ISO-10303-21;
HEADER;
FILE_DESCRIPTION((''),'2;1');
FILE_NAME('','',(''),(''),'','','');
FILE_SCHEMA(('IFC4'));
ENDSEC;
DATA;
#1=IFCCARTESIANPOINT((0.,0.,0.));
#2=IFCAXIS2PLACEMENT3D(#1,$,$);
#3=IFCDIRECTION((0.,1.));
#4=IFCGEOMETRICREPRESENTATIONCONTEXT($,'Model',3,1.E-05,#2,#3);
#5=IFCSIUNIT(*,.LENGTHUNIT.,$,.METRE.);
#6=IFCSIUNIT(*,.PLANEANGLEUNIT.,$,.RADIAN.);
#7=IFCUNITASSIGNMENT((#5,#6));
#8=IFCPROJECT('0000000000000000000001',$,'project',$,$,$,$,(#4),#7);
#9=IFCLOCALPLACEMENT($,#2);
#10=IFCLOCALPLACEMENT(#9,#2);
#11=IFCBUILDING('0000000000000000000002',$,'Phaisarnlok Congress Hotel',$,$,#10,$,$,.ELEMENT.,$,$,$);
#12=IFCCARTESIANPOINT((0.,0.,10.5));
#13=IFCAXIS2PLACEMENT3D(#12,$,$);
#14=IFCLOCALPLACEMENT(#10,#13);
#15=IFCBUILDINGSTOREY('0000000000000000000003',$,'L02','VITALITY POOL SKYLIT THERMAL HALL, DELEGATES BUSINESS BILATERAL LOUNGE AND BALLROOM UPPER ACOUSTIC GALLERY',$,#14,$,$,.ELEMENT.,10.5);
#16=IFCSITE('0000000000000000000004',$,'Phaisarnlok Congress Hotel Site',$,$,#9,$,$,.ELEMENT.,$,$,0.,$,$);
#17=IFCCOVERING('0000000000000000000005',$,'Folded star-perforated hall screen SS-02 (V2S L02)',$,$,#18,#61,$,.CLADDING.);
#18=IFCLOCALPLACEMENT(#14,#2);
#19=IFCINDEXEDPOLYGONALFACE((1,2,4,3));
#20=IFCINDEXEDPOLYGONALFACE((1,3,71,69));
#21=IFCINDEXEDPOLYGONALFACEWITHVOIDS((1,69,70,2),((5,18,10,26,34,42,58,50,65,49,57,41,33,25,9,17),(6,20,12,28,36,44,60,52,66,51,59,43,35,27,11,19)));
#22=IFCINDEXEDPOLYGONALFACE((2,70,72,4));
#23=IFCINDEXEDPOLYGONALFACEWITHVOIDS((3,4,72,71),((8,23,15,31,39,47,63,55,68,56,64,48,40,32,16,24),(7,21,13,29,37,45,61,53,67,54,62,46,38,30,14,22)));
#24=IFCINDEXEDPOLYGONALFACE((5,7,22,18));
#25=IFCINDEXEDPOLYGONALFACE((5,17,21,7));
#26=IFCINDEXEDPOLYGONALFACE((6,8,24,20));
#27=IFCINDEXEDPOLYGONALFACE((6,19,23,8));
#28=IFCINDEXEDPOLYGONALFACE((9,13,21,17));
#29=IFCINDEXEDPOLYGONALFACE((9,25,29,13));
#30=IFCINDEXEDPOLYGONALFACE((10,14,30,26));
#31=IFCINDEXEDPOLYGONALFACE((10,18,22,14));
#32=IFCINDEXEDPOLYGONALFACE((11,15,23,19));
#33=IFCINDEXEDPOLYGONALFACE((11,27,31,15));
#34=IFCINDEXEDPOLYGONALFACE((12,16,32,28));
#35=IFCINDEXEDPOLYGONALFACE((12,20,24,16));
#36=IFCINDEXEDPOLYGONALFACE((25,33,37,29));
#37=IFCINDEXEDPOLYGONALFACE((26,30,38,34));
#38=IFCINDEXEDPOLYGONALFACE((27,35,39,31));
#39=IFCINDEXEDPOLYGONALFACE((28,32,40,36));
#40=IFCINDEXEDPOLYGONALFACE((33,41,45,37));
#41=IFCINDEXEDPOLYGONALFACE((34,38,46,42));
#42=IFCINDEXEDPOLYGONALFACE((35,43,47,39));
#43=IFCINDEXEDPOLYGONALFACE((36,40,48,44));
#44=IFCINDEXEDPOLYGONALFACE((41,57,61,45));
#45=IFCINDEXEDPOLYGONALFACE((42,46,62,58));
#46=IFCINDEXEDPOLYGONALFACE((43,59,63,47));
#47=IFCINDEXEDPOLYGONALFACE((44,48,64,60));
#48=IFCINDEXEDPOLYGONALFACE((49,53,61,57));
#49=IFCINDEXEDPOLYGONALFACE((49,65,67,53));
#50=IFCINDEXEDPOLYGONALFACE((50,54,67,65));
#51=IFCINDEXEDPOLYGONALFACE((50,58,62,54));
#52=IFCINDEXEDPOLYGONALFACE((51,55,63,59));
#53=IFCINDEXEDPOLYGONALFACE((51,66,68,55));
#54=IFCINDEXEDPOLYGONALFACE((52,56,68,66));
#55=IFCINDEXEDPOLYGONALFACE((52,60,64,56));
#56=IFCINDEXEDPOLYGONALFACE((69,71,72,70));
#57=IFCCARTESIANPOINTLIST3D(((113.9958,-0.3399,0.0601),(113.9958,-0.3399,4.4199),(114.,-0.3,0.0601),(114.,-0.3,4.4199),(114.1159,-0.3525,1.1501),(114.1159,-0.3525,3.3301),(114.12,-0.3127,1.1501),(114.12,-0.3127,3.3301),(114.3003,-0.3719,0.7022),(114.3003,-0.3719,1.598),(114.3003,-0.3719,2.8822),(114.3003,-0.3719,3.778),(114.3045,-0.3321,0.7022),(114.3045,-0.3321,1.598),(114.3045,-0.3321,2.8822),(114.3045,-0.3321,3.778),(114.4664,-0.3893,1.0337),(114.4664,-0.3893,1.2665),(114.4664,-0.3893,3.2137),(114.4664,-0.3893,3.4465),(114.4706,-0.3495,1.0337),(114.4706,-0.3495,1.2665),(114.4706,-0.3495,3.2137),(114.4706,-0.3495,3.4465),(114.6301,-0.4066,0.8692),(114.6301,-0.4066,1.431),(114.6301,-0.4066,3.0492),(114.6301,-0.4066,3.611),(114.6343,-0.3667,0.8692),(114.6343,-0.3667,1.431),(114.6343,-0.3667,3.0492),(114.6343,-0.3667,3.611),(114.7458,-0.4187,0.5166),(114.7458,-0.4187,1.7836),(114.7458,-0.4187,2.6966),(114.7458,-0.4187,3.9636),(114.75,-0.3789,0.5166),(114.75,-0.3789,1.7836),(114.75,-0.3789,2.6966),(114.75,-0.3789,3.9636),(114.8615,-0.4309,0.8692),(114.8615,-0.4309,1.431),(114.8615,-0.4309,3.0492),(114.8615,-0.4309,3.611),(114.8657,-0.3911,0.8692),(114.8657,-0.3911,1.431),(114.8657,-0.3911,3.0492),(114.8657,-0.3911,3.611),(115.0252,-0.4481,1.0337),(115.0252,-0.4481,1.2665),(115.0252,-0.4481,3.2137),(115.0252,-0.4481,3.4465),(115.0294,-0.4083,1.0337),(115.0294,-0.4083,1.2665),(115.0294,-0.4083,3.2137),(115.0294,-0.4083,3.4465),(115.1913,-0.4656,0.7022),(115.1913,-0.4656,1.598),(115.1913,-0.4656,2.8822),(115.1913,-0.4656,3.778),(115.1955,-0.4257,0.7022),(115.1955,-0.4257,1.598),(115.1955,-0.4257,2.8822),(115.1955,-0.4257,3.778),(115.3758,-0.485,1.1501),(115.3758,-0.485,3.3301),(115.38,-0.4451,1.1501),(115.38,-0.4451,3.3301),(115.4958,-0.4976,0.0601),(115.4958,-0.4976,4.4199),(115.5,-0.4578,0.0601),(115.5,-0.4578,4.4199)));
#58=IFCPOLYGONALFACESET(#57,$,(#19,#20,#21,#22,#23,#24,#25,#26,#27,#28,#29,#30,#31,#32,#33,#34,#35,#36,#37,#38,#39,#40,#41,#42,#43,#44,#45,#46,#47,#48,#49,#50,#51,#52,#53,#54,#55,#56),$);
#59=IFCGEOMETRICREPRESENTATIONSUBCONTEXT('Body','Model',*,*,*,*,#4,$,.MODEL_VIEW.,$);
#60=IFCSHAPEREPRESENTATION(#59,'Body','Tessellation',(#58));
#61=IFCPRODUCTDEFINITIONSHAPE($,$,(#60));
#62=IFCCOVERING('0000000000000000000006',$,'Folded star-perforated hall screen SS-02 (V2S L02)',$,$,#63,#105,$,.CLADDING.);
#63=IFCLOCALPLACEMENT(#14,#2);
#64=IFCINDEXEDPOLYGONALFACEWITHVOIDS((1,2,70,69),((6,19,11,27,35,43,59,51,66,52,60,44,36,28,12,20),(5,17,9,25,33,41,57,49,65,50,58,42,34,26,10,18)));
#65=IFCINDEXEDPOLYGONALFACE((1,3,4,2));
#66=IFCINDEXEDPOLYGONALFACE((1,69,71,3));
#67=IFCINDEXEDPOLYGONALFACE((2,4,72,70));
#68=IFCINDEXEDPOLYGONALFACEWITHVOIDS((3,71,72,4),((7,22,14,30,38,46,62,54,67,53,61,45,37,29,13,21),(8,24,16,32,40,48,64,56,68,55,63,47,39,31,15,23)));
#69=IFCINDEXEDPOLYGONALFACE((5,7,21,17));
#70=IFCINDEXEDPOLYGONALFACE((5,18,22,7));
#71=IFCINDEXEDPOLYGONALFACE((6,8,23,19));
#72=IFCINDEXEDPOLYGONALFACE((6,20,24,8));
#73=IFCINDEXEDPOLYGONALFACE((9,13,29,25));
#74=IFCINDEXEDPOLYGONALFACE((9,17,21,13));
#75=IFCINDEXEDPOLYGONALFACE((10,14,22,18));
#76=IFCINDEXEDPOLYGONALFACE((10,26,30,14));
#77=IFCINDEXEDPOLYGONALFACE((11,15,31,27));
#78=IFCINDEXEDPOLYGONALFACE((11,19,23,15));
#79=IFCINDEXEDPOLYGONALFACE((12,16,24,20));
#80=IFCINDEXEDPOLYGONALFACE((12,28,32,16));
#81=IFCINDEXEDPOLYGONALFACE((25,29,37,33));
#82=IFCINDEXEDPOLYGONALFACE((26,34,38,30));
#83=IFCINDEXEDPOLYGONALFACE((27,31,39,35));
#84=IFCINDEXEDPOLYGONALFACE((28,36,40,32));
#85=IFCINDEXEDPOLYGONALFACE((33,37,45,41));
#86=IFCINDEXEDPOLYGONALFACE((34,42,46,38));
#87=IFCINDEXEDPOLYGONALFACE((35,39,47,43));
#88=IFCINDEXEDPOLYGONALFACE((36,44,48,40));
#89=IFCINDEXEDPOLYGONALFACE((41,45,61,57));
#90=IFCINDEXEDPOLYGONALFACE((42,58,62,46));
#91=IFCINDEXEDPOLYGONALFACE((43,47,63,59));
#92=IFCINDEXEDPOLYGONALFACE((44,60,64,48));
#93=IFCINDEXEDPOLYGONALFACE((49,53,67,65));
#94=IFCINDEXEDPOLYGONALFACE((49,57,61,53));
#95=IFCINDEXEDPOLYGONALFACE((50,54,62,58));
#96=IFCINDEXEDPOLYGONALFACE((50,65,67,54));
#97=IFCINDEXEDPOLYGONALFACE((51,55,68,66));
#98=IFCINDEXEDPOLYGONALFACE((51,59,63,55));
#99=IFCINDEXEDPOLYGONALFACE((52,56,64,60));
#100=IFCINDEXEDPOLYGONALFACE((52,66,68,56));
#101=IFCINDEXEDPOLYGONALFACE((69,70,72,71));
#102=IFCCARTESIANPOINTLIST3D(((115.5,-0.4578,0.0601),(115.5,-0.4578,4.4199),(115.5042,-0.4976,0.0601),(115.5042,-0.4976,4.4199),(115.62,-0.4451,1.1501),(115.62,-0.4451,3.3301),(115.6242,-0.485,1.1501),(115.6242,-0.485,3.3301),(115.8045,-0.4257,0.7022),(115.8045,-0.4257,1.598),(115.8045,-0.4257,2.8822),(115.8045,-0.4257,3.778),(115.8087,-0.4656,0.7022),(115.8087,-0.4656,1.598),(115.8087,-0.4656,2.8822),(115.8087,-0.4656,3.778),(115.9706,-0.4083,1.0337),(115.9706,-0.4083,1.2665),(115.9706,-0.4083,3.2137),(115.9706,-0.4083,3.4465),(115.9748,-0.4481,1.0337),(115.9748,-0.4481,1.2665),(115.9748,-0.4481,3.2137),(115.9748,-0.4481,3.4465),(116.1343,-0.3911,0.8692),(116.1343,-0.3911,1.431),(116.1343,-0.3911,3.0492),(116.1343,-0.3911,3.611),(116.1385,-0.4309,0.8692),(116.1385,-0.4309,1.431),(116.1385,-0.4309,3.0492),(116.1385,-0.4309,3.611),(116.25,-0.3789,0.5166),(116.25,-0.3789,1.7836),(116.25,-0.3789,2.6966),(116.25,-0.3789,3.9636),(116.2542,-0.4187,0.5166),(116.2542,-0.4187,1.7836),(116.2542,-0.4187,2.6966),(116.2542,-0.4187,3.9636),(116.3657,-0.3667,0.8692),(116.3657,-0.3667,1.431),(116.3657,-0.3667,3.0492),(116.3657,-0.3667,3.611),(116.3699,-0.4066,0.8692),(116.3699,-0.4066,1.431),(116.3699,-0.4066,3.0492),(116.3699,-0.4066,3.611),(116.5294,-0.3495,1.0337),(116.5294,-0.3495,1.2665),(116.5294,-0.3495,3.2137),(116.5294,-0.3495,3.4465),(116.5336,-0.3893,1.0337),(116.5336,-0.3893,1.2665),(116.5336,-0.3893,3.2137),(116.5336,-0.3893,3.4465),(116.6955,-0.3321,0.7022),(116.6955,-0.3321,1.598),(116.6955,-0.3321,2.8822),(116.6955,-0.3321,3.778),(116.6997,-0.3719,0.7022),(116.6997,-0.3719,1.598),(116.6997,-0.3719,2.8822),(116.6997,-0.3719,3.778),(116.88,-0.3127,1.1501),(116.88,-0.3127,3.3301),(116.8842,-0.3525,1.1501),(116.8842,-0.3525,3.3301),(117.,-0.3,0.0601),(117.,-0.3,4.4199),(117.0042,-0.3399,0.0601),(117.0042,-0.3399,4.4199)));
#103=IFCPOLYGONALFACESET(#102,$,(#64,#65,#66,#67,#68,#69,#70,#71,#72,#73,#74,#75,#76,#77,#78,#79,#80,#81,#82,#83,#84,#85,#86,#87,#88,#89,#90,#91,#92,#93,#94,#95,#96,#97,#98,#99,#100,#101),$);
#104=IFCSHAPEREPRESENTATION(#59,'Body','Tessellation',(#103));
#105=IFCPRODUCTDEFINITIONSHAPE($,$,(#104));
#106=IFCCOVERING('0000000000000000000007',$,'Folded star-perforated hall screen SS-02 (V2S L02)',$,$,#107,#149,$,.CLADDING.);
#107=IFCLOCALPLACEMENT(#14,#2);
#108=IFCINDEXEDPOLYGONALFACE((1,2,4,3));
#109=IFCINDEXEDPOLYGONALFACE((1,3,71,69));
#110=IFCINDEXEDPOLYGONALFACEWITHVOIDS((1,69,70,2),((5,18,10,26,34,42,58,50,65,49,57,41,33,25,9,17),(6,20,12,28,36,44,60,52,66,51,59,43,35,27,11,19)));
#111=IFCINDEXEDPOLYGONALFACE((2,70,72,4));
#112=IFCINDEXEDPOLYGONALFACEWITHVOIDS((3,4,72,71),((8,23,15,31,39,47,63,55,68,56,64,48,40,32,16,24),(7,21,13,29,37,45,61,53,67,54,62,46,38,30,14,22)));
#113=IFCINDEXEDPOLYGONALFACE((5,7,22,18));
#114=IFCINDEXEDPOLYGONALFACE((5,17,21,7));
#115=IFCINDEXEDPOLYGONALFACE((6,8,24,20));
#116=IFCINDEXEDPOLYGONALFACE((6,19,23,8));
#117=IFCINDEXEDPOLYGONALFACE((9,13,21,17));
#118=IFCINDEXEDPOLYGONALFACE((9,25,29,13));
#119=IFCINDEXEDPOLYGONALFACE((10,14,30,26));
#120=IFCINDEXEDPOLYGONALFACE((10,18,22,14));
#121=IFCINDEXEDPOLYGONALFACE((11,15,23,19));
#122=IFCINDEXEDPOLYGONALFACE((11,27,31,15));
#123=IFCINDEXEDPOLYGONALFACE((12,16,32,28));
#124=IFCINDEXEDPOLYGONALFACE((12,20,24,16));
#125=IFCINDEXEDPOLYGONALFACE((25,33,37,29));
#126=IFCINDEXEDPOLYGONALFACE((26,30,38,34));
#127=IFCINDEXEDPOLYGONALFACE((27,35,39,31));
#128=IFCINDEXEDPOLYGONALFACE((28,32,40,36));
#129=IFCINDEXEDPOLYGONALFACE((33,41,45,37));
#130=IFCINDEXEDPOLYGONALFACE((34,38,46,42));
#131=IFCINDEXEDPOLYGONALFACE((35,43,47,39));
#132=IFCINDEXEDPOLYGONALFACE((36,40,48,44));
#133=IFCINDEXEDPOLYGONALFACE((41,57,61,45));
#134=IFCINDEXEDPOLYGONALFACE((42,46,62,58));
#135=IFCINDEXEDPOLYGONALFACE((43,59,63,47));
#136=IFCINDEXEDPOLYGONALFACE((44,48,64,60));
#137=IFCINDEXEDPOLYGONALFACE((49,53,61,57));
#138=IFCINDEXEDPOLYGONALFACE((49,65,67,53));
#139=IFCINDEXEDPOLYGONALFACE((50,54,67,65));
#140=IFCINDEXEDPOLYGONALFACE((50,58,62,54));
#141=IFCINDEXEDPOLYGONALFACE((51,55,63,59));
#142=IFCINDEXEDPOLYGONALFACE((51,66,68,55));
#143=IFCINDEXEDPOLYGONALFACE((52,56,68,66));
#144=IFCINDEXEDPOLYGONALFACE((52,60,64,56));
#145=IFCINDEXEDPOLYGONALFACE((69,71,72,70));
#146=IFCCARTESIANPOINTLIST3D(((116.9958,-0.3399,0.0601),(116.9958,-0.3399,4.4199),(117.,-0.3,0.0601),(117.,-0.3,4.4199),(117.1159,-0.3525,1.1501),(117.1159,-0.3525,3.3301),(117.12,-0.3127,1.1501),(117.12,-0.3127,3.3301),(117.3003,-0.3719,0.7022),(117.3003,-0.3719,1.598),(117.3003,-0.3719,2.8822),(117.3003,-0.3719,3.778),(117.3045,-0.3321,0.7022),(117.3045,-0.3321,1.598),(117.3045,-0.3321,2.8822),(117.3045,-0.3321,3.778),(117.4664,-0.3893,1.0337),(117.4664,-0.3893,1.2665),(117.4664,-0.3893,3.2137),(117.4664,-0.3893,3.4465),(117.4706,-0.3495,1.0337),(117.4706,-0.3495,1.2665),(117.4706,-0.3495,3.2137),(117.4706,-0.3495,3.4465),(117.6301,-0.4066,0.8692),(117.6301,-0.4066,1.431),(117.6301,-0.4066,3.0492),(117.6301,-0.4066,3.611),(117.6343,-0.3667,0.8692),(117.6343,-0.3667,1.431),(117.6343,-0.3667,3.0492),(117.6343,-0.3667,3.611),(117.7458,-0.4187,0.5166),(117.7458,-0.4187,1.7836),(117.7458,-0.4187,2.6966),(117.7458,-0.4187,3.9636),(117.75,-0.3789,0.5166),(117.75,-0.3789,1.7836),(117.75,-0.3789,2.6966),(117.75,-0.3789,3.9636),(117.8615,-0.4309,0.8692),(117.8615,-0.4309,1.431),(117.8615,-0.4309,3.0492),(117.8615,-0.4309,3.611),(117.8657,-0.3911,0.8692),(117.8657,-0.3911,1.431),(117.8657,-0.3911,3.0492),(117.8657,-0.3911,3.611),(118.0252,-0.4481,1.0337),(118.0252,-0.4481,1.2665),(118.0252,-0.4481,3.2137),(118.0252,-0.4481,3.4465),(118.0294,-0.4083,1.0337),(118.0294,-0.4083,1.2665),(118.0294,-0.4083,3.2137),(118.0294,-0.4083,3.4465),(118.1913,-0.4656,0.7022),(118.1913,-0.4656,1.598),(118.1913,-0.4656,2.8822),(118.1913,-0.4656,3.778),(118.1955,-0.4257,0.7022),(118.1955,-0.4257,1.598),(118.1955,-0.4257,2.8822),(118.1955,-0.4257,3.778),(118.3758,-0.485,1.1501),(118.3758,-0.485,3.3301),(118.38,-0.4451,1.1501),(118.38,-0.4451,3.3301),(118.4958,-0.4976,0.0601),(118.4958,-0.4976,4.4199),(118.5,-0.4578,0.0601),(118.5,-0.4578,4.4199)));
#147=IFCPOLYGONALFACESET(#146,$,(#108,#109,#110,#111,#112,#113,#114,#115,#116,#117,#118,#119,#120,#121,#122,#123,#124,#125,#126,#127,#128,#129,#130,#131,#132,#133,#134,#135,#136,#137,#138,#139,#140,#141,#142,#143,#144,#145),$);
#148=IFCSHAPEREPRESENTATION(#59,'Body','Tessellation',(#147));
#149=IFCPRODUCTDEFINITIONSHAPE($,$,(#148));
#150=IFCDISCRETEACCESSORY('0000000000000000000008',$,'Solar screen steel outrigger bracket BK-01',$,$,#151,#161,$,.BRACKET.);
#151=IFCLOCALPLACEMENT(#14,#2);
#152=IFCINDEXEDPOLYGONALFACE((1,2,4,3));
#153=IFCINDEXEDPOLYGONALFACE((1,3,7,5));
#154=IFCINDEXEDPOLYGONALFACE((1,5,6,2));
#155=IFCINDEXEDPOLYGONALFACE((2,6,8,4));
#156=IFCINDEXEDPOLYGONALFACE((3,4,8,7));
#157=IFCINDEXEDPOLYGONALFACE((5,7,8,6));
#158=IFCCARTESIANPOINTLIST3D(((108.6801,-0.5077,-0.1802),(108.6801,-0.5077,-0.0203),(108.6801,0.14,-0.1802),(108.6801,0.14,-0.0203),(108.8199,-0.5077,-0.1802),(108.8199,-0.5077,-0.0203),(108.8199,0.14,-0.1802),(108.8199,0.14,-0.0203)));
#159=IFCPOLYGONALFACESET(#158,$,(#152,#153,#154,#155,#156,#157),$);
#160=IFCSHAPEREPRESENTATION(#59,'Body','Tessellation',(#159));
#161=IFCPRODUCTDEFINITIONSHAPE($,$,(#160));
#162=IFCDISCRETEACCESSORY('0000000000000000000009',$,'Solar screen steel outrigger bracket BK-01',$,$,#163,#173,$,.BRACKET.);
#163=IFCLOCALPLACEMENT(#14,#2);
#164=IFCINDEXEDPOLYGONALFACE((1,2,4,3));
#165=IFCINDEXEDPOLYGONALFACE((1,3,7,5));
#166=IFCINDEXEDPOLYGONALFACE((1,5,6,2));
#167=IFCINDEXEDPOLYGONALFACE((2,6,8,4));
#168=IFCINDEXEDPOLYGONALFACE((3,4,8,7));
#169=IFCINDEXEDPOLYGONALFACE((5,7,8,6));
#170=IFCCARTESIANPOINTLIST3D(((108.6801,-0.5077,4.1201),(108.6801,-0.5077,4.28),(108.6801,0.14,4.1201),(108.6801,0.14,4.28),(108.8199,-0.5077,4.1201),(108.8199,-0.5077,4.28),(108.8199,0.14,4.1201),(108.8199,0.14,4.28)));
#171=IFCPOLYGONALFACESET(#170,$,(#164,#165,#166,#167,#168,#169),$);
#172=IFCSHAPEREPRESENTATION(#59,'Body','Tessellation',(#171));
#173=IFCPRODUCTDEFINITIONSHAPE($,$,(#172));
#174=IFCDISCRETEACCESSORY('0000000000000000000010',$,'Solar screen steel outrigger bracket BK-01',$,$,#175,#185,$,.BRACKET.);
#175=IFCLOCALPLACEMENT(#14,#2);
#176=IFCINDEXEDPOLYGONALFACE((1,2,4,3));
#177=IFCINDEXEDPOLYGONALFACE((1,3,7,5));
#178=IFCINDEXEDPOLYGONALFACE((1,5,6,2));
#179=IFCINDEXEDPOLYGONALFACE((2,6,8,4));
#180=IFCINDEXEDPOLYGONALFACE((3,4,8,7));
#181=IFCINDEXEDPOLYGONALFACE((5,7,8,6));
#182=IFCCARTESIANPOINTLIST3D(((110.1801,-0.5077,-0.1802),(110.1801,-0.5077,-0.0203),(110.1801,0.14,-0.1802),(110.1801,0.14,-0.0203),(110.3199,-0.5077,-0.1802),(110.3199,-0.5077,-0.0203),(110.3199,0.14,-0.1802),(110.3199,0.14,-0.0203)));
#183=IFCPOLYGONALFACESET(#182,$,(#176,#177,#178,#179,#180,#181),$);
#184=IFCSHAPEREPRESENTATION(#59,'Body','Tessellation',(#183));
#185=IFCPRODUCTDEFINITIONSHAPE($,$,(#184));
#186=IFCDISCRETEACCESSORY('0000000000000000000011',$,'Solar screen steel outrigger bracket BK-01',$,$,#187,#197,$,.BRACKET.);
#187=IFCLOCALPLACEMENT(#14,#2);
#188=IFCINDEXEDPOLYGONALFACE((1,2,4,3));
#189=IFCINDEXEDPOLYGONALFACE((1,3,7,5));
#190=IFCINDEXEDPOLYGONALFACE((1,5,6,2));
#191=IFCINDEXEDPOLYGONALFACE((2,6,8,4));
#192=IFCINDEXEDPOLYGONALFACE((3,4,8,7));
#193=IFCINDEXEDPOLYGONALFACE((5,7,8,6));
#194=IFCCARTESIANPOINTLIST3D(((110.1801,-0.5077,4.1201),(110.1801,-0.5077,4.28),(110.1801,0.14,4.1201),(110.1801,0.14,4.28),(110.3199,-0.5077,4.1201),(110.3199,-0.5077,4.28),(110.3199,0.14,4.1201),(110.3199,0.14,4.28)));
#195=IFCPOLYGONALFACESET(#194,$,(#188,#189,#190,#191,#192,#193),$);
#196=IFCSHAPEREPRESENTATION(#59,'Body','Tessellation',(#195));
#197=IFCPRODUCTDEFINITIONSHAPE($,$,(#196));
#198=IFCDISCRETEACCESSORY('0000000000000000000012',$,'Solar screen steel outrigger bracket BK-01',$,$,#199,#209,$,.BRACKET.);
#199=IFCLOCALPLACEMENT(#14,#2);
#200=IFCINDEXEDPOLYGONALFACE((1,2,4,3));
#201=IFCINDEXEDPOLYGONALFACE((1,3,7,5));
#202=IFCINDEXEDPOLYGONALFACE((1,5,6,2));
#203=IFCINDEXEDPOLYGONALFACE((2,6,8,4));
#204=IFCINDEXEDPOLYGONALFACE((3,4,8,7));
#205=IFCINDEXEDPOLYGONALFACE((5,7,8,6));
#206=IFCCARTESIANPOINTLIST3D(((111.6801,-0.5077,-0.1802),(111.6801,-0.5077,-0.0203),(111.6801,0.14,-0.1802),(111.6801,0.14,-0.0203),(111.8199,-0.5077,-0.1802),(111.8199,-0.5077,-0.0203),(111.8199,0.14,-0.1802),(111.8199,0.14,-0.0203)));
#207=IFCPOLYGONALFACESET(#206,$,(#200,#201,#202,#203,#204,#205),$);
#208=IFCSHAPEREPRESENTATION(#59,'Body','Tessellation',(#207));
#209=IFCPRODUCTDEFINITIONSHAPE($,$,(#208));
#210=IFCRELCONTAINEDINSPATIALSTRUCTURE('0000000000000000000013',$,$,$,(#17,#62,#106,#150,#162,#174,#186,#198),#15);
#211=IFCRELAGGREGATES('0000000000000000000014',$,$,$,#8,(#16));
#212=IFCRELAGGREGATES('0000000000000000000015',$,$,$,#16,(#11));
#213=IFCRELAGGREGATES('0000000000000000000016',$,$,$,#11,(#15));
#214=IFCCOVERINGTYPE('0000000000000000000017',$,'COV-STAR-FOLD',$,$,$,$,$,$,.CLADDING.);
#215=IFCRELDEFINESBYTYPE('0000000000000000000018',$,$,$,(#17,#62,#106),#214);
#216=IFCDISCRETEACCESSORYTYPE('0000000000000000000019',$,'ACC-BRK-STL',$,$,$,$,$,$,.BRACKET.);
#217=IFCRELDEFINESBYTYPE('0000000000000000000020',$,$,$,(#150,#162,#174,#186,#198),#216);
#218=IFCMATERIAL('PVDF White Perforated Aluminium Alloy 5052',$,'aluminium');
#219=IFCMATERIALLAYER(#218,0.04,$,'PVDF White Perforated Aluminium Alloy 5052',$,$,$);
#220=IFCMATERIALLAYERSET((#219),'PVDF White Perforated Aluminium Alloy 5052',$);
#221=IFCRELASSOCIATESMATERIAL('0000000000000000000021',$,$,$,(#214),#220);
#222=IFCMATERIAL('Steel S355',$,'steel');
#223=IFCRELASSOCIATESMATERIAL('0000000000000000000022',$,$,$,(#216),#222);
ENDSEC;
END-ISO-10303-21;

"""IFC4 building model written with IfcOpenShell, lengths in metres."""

from ifc_helpers import new_model, si_unit, direction, frame, origin, origin_2d, place, context, subcontext, project, spatial, polyline, rectangle, outline, extrude, material, layer, layer_set, type_object, element, save


model = new_model("IFC4")

# Units and contexts
model_context = context("Model", 3, precision=1e-05, world=origin(), true_north=direction((0.0, 1.0)))
body_context = subcontext(model_context, "Body", "Model", "MODEL_VIEW")
ifc_project = project(units=[si_unit("LENGTHUNIT", "METRE"), si_unit("PLANEANGLEUNIT", "RADIAN")], contexts=[model_context])

# Site, building, storey
site_placement = place(None, origin())
site = spatial("IfcSite", under=ifc_project, at=site_placement, Name="Phaisarnlok Congress Hotel Site", CompositionType="ELEMENT", RefElevation=0.0)
building_placement = place(site_placement, origin())
building = spatial("IfcBuilding", under=site, at=building_placement, Name="Phaisarnlok Congress Hotel", CompositionType="ELEMENT")
storey_placement = place(building_placement, frame((0.0, 0.0, 10.5)))
storey = spatial("IfcBuildingStorey", under=building, at=storey_placement, Name="L02", Description="VITALITY POOL SKYLIT THERMAL HALL, DELEGATES BUSINESS BILATERAL LOUNGE AND BALLROOM UPPER ACOUSTIC GALLERY", CompositionType="ELEMENT", Elevation=10.5)

# Coverings
ifc_material_1 = material(Name="PVDF White Perforated Aluminium Alloy 5052", Category="aluminium")
ifc_layer_1 = layer(ifc_material_1, 0.04, Name="PVDF White Perforated Aluminium Alloy 5052")
ifc_layer_set_1 = layer_set([ifc_layer_1], Name="PVDF White Perforated Aluminium Alloy 5052")
covering_type = type_object("IfcCoveringType", Name="COV-STAR-FOLD", PredefinedType="CLADDING", material=ifc_layer_set_1)
for number, where, z_axis, x_axis, name in (
    (1, (114.0, -0.3, 0.0601), (-0.104567, -0.994518, 0.0), (0.994518, -0.104567, 0.0), "Folded star-perforated hall screen SS-02 (V2S L02)"),
    (2, (115.5, -0.4578, 0.0601), (0.104567, -0.994518, 0.0), (0.994518, 0.104567, 0.0), "Folded star-perforated hall screen SS-02 (V2S L02)"),
    (3, (117.0, -0.3, 0.0601), (-0.104567, -0.994518, 0.0), (0.994518, -0.104567, 0.0), "Folded star-perforated hall screen SS-02 (V2S L02)"),
):
    element("IfcCovering", number, at=place(storey_placement, frame(where, z_axis=z_axis, x_axis=x_axis)), inside=storey, type_object=covering_type, Name=name, PredefinedType="CLADDING", context=body_context, shape_type="SweptSolid", body=[
        extrude(outline(polyline([(0.0, 0.0), (1.5083, 0.0), (1.5083, 4.3599), (0.0, 4.3599), (0.0, 0.0)]), holes=[polyline([(1.0351, 0.9736), (1.2021, 0.6421), (0.8705, 0.8091), (0.7541, 0.4565), (0.6378, 0.8091), (0.3062, 0.6421), (0.4732, 0.9736), (0.1207, 1.09), (0.4732, 1.2064), (0.3062, 1.5379), (0.6378, 1.3709), (0.7541, 1.7235), (0.8705, 1.3709), (1.2021, 1.5379), (1.0351, 1.2064), (1.3876, 1.09), (1.0351, 0.9736)]), polyline([(1.0351, 3.1536), (1.2021, 2.8221), (0.8705, 2.9891), (0.7541, 2.6365), (0.6378, 2.9891), (0.3062, 2.8221), (0.4732, 3.1536), (0.1207, 3.27), (0.4732, 3.3864), (0.3062, 3.7179), (0.6378, 3.5509), (0.7541, 3.9035), (0.8705, 3.5509), (1.2021, 3.7179), (1.0351, 3.3864), (1.3876, 3.27), (1.0351, 3.1536)])]), origin(), (0.0, 0.0, 1.0), 0.04),
    ])

# Discrete accessories
ifc_material_2 = material(Name="Steel S355", Category="steel")
discrete_accessory_type = type_object("IfcDiscreteAccessoryType", Name="ACC-BRK-STL", PredefinedType="BRACKET", material=ifc_material_2)
for number, where, z_axis, x_axis, name in (
    (4, (108.75, -0.1838, -0.1802), (0.0, 0.0, 1.0), (1.0, 0.0, 0.0), "Solar screen steel outrigger bracket BK-01"),
    (5, (108.75, -0.1838, 4.1201), (0.0, 0.0, 1.0), (1.0, 0.0, 0.0), "Solar screen steel outrigger bracket BK-01"),
    (6, (110.25, -0.1838, -0.1802), (0.0, 0.0, 1.0), (1.0, 0.0, 0.0), "Solar screen steel outrigger bracket BK-01"),
    (7, (110.25, -0.1838, 4.1201), (0.0, 0.0, 1.0), (1.0, 0.0, 0.0), "Solar screen steel outrigger bracket BK-01"),
    (8, (111.75, -0.1838, -0.1802), (0.0, 0.0, 1.0), (1.0, 0.0, 0.0), "Solar screen steel outrigger bracket BK-01"),
):
    element("IfcDiscreteAccessory", number, at=place(storey_placement, frame(where, z_axis=z_axis, x_axis=x_axis)), inside=storey, type_object=discrete_accessory_type, Name=name, PredefinedType="BRACKET", context=body_context, shape_type="SweptSolid", body=[
        extrude(rectangle(XDim=0.1399, YDim=0.6477, at=origin_2d()), origin(), (0.0, 0.0, 1.0), 0.1599),
    ])

save(model, "model.ifc")
